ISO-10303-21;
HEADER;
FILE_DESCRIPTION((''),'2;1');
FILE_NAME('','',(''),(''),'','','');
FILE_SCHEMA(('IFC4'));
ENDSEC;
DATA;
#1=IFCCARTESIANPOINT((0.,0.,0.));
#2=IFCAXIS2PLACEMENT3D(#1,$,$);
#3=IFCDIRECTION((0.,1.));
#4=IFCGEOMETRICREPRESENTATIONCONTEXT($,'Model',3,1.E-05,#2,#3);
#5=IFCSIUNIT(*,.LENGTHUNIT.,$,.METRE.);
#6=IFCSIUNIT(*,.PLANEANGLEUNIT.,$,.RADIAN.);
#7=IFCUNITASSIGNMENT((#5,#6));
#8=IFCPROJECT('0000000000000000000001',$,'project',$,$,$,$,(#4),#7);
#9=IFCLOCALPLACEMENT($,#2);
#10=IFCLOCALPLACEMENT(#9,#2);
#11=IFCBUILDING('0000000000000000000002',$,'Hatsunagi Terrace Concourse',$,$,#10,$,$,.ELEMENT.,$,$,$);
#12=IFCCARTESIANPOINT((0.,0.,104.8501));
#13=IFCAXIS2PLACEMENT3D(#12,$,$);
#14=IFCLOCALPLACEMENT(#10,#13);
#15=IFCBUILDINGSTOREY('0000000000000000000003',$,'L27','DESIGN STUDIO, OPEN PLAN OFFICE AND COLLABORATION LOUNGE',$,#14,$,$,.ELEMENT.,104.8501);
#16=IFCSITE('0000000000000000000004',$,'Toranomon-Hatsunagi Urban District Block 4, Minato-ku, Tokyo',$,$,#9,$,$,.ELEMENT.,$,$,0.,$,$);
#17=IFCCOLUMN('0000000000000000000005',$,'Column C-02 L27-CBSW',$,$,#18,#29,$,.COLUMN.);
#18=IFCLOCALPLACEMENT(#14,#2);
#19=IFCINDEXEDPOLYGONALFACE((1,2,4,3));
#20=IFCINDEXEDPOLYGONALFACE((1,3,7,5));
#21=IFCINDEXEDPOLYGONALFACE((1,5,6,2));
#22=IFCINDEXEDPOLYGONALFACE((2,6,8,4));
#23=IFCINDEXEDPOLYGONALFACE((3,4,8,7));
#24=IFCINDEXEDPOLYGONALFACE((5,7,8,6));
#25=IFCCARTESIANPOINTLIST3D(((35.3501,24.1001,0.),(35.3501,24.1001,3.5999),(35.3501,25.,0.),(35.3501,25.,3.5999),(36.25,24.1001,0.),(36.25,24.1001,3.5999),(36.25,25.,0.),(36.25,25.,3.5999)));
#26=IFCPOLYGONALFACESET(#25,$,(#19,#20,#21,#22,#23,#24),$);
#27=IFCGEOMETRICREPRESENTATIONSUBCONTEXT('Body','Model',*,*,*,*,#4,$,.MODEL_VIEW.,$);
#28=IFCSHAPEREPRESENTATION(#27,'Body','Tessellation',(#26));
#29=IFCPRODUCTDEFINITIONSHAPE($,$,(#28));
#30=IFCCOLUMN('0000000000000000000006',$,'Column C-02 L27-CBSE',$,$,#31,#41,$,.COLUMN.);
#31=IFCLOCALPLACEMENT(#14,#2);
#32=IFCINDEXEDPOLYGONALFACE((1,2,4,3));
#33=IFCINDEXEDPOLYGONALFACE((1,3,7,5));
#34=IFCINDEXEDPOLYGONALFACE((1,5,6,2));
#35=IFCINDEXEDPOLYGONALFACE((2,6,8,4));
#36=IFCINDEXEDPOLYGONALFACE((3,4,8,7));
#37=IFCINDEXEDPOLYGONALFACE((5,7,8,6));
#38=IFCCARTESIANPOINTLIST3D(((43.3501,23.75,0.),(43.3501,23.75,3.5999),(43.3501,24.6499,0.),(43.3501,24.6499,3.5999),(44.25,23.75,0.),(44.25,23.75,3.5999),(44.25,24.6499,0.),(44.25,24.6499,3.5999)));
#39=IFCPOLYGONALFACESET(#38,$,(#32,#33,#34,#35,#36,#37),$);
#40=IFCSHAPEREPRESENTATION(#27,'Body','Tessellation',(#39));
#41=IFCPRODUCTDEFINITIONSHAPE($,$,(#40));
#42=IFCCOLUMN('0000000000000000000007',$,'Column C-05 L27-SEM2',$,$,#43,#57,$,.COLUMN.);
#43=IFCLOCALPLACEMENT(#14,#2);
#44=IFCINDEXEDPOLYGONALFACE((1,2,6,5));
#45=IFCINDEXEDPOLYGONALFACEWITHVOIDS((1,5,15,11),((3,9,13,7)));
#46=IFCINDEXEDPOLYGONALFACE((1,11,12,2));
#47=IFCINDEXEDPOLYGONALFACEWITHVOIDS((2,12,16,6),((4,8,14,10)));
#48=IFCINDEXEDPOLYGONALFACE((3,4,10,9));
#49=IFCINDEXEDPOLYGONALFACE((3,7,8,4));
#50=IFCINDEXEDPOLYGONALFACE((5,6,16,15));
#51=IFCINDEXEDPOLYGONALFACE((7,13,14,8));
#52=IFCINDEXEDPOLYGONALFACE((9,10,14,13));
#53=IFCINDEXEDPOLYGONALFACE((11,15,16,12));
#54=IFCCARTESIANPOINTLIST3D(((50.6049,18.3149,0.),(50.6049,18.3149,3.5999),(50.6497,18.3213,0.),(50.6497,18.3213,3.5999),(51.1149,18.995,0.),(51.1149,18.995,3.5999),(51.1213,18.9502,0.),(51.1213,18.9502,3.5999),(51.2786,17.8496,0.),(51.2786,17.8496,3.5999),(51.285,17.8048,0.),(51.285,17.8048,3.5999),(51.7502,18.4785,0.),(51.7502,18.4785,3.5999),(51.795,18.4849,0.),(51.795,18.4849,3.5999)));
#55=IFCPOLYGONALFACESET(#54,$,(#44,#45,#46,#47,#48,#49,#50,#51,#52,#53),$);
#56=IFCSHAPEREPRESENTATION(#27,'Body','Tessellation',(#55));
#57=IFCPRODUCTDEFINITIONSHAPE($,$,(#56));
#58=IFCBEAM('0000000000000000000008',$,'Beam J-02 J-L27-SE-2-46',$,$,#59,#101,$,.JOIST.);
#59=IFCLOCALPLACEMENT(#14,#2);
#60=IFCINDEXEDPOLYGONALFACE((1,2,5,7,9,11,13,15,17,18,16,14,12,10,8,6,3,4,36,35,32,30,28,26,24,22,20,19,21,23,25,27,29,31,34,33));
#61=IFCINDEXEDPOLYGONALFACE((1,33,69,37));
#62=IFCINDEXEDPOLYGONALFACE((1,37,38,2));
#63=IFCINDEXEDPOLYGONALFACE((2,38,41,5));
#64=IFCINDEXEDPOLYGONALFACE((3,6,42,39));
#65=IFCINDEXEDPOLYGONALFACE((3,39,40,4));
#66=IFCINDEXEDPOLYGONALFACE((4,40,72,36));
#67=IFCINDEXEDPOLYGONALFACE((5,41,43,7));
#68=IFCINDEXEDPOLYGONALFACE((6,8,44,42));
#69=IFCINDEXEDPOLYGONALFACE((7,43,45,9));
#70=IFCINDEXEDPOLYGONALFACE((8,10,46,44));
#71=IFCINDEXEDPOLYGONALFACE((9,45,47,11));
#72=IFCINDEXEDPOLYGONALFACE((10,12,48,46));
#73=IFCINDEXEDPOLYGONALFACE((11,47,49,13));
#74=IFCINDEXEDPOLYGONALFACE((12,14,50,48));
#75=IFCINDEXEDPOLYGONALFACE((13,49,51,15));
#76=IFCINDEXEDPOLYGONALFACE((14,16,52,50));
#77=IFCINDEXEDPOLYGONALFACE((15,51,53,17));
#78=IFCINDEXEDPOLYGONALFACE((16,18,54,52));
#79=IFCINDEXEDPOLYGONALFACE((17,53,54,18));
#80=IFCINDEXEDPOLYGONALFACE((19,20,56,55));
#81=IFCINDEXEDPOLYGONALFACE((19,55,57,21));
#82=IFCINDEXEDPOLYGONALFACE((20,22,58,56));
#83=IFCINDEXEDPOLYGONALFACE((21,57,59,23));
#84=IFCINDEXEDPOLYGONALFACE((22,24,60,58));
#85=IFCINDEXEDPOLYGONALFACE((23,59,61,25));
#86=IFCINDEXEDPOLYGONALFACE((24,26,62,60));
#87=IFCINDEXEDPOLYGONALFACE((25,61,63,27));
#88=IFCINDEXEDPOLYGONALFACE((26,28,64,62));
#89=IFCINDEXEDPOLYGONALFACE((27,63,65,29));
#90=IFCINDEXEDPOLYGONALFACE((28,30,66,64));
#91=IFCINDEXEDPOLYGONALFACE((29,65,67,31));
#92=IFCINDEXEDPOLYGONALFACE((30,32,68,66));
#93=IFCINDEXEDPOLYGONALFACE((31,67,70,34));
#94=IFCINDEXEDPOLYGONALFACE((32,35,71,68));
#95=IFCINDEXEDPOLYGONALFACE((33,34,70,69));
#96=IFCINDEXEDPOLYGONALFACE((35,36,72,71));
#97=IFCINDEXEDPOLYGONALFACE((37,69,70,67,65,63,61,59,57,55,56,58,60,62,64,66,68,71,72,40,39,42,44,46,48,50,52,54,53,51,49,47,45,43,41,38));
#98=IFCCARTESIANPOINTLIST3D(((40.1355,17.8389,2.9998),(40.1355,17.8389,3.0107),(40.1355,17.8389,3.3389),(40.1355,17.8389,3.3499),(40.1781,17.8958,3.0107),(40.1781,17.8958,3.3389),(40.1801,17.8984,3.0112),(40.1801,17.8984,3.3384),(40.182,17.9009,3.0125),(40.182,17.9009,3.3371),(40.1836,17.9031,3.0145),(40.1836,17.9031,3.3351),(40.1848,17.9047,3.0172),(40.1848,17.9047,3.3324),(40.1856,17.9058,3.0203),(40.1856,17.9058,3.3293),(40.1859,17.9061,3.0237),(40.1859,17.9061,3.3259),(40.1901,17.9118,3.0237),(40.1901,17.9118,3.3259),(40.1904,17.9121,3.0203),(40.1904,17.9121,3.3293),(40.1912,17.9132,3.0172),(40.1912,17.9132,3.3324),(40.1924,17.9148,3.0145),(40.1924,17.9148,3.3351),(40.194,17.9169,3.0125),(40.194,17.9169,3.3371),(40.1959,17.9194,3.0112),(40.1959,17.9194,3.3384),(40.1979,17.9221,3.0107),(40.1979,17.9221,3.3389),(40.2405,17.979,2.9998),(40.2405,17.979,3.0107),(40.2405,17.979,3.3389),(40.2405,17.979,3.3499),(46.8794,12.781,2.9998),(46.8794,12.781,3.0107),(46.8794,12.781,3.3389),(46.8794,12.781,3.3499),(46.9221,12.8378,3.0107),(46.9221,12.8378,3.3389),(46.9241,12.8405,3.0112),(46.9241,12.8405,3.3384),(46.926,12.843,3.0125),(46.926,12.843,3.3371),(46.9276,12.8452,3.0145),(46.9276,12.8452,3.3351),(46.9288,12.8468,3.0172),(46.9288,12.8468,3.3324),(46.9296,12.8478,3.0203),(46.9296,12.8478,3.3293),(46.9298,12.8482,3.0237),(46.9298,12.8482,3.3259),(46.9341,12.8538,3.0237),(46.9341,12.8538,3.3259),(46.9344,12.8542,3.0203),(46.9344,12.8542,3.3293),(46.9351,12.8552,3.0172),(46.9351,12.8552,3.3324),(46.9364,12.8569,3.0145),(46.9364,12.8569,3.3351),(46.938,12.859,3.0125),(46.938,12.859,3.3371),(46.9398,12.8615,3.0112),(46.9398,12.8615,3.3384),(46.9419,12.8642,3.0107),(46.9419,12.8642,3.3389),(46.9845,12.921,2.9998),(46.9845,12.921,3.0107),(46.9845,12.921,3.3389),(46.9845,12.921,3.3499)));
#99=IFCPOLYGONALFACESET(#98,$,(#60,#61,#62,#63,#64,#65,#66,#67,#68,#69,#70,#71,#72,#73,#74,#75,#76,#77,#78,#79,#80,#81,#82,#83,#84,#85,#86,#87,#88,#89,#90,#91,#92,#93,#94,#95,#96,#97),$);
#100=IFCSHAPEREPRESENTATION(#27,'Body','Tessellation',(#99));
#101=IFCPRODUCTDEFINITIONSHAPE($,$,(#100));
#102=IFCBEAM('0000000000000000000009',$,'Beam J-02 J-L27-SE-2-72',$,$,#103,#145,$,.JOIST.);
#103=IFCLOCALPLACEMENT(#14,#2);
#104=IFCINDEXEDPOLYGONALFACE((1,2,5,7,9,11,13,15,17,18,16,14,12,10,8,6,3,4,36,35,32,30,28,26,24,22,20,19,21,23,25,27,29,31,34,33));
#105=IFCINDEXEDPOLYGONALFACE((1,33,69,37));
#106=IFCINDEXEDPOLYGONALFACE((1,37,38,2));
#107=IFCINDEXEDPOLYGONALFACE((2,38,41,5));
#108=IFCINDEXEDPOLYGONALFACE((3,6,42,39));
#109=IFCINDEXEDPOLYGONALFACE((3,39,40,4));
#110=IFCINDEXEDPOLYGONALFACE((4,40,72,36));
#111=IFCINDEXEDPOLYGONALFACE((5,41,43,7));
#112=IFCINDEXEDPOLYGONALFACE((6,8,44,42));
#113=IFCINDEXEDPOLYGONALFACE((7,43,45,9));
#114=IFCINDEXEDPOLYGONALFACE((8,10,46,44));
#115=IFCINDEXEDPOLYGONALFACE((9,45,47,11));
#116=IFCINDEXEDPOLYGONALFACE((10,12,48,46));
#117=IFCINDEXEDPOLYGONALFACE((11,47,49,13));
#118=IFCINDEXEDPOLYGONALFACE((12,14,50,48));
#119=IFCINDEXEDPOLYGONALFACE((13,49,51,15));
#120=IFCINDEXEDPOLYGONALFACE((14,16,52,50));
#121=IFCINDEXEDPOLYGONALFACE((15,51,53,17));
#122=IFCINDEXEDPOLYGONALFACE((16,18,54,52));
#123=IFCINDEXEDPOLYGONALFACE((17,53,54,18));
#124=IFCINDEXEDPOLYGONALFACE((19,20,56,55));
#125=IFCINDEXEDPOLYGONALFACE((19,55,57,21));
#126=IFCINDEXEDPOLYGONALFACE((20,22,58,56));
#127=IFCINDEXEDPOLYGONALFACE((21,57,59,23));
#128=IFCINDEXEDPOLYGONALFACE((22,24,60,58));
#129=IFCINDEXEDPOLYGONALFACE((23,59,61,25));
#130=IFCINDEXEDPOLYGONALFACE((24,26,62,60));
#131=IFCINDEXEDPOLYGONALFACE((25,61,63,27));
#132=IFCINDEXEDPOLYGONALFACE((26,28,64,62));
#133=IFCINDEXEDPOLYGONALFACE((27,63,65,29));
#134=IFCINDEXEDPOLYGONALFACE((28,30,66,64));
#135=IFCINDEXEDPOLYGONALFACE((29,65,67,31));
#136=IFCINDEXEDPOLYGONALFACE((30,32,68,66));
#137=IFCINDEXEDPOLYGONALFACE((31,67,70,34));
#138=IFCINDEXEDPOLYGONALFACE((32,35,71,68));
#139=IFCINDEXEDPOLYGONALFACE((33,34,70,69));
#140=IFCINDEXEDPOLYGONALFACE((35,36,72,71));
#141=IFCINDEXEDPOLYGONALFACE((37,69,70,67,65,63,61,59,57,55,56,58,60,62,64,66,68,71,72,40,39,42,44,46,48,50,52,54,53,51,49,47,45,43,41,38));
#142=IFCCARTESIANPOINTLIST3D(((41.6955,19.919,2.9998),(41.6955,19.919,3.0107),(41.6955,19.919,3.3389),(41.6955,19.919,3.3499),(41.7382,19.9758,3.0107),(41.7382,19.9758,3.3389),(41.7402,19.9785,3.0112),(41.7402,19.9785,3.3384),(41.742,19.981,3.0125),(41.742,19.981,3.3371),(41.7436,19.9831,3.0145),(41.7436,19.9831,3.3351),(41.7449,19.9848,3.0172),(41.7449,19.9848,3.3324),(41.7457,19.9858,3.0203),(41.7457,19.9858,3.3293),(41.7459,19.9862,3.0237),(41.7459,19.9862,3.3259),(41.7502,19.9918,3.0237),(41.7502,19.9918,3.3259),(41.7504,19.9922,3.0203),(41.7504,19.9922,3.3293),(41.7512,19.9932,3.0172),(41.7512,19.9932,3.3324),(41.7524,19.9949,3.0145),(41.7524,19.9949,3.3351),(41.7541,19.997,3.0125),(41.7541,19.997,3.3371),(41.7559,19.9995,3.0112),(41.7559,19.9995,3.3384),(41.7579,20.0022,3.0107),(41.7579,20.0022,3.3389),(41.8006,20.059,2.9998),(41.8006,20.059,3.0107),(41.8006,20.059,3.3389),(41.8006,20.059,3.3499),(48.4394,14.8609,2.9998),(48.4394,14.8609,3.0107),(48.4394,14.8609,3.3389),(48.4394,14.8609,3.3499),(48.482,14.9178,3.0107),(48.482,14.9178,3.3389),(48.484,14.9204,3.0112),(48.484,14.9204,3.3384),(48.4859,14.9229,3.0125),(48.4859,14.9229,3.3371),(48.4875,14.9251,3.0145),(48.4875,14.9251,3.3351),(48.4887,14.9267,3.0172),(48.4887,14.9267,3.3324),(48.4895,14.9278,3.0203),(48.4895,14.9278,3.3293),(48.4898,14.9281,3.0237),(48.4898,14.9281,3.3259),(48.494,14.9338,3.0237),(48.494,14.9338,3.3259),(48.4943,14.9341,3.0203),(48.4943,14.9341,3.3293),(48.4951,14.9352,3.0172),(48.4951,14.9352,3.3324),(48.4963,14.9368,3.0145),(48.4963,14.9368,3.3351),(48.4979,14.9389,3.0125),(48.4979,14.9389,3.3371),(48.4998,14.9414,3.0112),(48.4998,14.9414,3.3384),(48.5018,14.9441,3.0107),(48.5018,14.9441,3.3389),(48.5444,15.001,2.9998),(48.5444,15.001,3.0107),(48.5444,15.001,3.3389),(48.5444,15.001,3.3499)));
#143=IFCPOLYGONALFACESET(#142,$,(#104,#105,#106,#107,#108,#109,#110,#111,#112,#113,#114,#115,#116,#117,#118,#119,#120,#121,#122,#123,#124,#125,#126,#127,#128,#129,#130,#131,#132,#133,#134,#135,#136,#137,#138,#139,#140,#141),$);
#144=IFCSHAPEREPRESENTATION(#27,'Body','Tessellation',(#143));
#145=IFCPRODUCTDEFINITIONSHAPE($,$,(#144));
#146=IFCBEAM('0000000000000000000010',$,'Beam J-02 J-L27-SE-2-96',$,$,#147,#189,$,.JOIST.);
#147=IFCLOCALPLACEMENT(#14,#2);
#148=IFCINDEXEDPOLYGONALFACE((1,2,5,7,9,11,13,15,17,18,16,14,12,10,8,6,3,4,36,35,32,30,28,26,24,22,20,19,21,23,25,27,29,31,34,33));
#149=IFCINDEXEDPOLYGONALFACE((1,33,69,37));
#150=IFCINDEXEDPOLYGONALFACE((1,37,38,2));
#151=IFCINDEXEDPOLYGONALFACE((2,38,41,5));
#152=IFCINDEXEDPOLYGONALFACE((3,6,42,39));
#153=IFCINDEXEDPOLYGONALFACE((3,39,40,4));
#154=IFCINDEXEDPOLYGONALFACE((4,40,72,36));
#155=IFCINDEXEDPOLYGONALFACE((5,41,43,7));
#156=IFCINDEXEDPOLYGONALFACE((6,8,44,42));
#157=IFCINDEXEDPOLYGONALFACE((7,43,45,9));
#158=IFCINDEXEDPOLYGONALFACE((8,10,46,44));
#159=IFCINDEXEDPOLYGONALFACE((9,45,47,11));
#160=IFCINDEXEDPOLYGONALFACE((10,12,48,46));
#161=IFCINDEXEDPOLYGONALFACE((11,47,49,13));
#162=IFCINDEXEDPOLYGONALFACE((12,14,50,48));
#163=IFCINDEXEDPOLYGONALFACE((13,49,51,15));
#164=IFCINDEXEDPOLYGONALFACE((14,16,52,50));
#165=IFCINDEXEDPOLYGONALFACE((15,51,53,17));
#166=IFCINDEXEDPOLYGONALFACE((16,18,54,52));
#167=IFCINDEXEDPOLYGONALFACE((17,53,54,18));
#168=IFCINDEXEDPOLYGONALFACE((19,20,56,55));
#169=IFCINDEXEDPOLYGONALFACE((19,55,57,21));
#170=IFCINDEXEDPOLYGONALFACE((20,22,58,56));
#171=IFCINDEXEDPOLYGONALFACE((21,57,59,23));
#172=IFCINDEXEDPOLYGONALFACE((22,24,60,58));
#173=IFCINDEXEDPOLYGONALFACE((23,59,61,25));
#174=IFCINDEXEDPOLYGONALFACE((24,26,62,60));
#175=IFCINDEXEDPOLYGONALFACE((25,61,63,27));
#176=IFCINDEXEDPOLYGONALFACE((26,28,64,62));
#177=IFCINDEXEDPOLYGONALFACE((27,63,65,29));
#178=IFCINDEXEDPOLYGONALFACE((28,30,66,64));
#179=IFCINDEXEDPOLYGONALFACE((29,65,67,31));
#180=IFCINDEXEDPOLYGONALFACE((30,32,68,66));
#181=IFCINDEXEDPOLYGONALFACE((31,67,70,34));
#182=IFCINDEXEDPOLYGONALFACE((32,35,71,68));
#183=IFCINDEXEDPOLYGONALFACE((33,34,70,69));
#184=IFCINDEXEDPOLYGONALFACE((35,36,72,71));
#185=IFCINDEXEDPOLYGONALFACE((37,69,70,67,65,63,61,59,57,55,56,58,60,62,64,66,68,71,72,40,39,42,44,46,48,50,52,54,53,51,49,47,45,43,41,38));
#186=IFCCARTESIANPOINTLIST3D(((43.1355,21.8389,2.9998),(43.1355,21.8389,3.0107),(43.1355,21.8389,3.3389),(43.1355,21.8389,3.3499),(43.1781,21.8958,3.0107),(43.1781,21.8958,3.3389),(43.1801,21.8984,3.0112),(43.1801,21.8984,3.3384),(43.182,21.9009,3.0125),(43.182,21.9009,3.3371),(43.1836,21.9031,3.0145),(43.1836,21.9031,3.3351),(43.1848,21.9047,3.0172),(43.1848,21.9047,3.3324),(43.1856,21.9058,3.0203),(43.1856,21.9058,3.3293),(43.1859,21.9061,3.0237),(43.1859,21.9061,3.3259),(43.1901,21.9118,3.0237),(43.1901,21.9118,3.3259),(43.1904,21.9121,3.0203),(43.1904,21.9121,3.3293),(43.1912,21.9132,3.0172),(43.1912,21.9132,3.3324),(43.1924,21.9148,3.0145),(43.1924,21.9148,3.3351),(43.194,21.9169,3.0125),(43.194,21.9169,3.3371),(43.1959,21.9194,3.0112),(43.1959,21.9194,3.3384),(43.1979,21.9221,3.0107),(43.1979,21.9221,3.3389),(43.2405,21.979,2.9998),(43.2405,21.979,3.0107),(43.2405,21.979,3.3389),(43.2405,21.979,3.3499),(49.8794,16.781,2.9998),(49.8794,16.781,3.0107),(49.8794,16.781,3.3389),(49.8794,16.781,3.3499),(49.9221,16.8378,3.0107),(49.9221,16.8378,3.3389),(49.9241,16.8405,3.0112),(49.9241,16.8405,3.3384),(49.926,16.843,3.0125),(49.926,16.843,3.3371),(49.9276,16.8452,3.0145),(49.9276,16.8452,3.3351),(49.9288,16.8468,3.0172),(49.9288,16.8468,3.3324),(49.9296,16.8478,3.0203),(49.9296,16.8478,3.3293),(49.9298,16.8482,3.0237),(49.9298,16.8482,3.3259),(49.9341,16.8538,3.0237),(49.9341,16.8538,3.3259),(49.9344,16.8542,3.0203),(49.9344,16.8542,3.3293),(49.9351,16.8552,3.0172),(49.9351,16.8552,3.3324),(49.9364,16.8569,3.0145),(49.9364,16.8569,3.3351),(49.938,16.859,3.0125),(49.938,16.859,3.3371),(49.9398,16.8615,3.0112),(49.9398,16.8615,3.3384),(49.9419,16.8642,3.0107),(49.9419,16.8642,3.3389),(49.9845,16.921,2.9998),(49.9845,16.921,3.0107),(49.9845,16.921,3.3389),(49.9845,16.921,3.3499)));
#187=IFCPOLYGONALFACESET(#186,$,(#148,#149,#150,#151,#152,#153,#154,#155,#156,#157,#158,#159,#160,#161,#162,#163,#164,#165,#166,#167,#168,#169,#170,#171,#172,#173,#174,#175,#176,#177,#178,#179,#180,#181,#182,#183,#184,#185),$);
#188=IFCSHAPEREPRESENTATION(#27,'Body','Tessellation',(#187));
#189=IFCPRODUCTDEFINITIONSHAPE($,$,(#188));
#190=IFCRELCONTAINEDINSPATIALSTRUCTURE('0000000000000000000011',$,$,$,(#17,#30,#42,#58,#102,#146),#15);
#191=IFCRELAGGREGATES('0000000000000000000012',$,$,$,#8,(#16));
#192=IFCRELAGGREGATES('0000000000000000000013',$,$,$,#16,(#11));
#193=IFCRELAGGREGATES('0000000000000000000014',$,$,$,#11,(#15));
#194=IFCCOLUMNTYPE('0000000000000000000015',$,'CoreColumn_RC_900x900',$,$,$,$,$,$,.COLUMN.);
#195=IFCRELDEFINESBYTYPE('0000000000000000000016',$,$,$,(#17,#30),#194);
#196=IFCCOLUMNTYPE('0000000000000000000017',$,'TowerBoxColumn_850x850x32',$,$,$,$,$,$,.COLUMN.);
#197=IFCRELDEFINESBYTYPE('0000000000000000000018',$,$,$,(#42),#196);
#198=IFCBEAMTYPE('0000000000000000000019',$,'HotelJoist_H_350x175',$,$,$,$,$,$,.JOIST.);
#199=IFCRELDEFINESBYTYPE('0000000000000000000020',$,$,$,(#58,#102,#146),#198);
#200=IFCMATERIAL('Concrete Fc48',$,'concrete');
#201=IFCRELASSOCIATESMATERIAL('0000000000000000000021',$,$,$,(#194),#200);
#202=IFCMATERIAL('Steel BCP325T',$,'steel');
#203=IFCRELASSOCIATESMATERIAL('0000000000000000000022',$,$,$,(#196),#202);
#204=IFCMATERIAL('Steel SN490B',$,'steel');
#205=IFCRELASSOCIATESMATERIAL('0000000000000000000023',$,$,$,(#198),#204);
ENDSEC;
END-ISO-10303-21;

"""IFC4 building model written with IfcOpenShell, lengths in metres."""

from ifc_helpers import new_model, si_unit, direction, frame, origin, origin_2d, place, context, subcontext, project, spatial, rectangle, hollow_rectangle, i_section, extrude, material, material_profile, profile_set, type_object, element, save


model = new_model("IFC4")

# Units and contexts
model_context = context("Model", 3, precision=1e-05, world=origin(), true_north=direction((0.0, 1.0)))
body_context = subcontext(model_context, "Body", "Model", "MODEL_VIEW")
ifc_project = project(units=[si_unit("LENGTHUNIT", "METRE"), si_unit("PLANEANGLEUNIT", "RADIAN")], contexts=[model_context])

# Site, building, storey
site_placement = place(None, origin())
site = spatial("IfcSite", under=ifc_project, at=site_placement, Name="Toranomon-Hatsunagi Urban District Block 4, Minato-ku, Tokyo", CompositionType="ELEMENT", RefElevation=0.0)
building_placement = place(site_placement, origin())
building = spatial("IfcBuilding", under=site, at=building_placement, Name="Hatsunagi Terrace Concourse", CompositionType="ELEMENT")
storey_placement = place(building_placement, frame((0.0, 0.0, 104.8501)))
storey = spatial("IfcBuildingStorey", under=building, at=storey_placement, Name="L27", Description="DESIGN STUDIO, OPEN PLAN OFFICE AND COLLABORATION LOUNGE", CompositionType="ELEMENT", Elevation=104.8501)

# Columns
ifc_material_1 = material(Name="Concrete Fc48", Category="concrete")
ifc_material_profile_1 = material_profile(ifc_material_1, rectangle(XDim=0.8999, YDim=0.8999, at=origin_2d()), Name="RC-900x900")
ifc_profile_set_1 = profile_set([ifc_material_profile_1], Name="Concrete Fc48")
column_type_1 = type_object("IfcColumnType", Name="CoreColumn_RC_900x900", PredefinedType="COLUMN", material=ifc_profile_set_1)
for number, where, z_axis, x_axis, name in (
    (1, (35.8, 24.55, 0.0), (0.0, 0.0, 1.0), (1.0, 0.0, 0.0), "Column C-02 L27-CBSW"),
    (2, (43.8, 24.2, 0.0), (0.0, 0.0, 1.0), (1.0, 0.0, 0.0), "Column C-02 L27-CBSE"),
):
    element("IfcColumn", number, at=place(storey_placement, frame(where, z_axis=z_axis, x_axis=x_axis)), inside=storey, type_object=column_type_1, Name=name, PredefinedType="COLUMN", context=body_context, shape_type="SweptSolid", body=[
        extrude(rectangle(XDim=0.8999, YDim=0.8999, at=origin_2d()), origin(), (0.0, 0.0, 1.0), 3.5999),
    ])
ifc_material_2 = material(Name="Steel BCP325T", Category="steel")
ifc_material_profile_2 = material_profile(ifc_material_2, hollow_rectangle(XDim=0.8501, YDim=0.8501, WallThickness=0.032, at=origin_2d()), Name="BCP-850x850x32")
ifc_profile_set_2 = profile_set([ifc_material_profile_2], Name="Steel BCP325T")
column_type_2 = type_object("IfcColumnType", Name="TowerBoxColumn_850x850x32", PredefinedType="COLUMN", material=ifc_profile_set_2)
column_placement = place(storey_placement, frame((51.2, 18.3999, 0.0), z_axis=(0.0, 0.0, 1.0), x_axis=(0.8, -0.6, 0.0)))
element("IfcColumn", 3, at=column_placement, inside=storey, type_object=column_type_2, Name="Column C-05 L27-SEM2", PredefinedType="COLUMN", context=body_context, shape_type="SweptSolid", body=[
    extrude(hollow_rectangle(XDim=0.8501, YDim=0.8501, WallThickness=0.032, at=origin_2d()), origin(), (0.0, 0.0, 1.0), 3.5999),
])

# Beams
ifc_material_3 = material(Name="Steel SN490B", Category="steel")
ifc_material_profile_3 = material_profile(ifc_material_3, i_section(OverallWidth=0.175, OverallDepth=0.3501, WebThickness=0.0071, FlangeThickness=0.011, FilletRadius=0.0129, at=origin_2d()), Name="H-350x175x7x11")
ifc_profile_set_3 = profile_set([ifc_material_profile_3], Name="Steel SN490B")
beam_type_1 = type_object("IfcBeamType", Name="HotelJoist_H_350x175", PredefinedType="JOIST", material=ifc_profile_set_3)
for number, where, z_axis, x_axis, name in (
    (4, (40.188, 17.9089, 3.1748), (0.800003, -0.599995, 0.0), (0.599995, 0.800003, 0.0), "Beam J-02 J-L27-SE-2-46"),
    (5, (41.748, 19.989, 3.1748), (0.79999, -0.600014, 0.0), (0.600014, 0.79999, 0.0), "Beam J-02 J-L27-SE-2-72"),
    (6, (43.188, 21.9089, 3.1748), (0.800003, -0.599995, 0.0), (0.599995, 0.800003, 0.0), "Beam J-02 J-L27-SE-2-96"),
):
    element("IfcBeam", number, at=place(storey_placement, frame(where, z_axis=z_axis, x_axis=x_axis)), inside=storey, type_object=beam_type_1, Name=name, PredefinedType="JOIST", context=body_context, shape_type="SweptSolid", body=[
        extrude(i_section(OverallWidth=0.175, OverallDepth=0.3501, WebThickness=0.0071, FlangeThickness=0.011, FilletRadius=0.0129, at=origin_2d()), origin(), (0.0, 0.0, 1.0), 8.4299),
    ])

save(model, "model.ifc")
